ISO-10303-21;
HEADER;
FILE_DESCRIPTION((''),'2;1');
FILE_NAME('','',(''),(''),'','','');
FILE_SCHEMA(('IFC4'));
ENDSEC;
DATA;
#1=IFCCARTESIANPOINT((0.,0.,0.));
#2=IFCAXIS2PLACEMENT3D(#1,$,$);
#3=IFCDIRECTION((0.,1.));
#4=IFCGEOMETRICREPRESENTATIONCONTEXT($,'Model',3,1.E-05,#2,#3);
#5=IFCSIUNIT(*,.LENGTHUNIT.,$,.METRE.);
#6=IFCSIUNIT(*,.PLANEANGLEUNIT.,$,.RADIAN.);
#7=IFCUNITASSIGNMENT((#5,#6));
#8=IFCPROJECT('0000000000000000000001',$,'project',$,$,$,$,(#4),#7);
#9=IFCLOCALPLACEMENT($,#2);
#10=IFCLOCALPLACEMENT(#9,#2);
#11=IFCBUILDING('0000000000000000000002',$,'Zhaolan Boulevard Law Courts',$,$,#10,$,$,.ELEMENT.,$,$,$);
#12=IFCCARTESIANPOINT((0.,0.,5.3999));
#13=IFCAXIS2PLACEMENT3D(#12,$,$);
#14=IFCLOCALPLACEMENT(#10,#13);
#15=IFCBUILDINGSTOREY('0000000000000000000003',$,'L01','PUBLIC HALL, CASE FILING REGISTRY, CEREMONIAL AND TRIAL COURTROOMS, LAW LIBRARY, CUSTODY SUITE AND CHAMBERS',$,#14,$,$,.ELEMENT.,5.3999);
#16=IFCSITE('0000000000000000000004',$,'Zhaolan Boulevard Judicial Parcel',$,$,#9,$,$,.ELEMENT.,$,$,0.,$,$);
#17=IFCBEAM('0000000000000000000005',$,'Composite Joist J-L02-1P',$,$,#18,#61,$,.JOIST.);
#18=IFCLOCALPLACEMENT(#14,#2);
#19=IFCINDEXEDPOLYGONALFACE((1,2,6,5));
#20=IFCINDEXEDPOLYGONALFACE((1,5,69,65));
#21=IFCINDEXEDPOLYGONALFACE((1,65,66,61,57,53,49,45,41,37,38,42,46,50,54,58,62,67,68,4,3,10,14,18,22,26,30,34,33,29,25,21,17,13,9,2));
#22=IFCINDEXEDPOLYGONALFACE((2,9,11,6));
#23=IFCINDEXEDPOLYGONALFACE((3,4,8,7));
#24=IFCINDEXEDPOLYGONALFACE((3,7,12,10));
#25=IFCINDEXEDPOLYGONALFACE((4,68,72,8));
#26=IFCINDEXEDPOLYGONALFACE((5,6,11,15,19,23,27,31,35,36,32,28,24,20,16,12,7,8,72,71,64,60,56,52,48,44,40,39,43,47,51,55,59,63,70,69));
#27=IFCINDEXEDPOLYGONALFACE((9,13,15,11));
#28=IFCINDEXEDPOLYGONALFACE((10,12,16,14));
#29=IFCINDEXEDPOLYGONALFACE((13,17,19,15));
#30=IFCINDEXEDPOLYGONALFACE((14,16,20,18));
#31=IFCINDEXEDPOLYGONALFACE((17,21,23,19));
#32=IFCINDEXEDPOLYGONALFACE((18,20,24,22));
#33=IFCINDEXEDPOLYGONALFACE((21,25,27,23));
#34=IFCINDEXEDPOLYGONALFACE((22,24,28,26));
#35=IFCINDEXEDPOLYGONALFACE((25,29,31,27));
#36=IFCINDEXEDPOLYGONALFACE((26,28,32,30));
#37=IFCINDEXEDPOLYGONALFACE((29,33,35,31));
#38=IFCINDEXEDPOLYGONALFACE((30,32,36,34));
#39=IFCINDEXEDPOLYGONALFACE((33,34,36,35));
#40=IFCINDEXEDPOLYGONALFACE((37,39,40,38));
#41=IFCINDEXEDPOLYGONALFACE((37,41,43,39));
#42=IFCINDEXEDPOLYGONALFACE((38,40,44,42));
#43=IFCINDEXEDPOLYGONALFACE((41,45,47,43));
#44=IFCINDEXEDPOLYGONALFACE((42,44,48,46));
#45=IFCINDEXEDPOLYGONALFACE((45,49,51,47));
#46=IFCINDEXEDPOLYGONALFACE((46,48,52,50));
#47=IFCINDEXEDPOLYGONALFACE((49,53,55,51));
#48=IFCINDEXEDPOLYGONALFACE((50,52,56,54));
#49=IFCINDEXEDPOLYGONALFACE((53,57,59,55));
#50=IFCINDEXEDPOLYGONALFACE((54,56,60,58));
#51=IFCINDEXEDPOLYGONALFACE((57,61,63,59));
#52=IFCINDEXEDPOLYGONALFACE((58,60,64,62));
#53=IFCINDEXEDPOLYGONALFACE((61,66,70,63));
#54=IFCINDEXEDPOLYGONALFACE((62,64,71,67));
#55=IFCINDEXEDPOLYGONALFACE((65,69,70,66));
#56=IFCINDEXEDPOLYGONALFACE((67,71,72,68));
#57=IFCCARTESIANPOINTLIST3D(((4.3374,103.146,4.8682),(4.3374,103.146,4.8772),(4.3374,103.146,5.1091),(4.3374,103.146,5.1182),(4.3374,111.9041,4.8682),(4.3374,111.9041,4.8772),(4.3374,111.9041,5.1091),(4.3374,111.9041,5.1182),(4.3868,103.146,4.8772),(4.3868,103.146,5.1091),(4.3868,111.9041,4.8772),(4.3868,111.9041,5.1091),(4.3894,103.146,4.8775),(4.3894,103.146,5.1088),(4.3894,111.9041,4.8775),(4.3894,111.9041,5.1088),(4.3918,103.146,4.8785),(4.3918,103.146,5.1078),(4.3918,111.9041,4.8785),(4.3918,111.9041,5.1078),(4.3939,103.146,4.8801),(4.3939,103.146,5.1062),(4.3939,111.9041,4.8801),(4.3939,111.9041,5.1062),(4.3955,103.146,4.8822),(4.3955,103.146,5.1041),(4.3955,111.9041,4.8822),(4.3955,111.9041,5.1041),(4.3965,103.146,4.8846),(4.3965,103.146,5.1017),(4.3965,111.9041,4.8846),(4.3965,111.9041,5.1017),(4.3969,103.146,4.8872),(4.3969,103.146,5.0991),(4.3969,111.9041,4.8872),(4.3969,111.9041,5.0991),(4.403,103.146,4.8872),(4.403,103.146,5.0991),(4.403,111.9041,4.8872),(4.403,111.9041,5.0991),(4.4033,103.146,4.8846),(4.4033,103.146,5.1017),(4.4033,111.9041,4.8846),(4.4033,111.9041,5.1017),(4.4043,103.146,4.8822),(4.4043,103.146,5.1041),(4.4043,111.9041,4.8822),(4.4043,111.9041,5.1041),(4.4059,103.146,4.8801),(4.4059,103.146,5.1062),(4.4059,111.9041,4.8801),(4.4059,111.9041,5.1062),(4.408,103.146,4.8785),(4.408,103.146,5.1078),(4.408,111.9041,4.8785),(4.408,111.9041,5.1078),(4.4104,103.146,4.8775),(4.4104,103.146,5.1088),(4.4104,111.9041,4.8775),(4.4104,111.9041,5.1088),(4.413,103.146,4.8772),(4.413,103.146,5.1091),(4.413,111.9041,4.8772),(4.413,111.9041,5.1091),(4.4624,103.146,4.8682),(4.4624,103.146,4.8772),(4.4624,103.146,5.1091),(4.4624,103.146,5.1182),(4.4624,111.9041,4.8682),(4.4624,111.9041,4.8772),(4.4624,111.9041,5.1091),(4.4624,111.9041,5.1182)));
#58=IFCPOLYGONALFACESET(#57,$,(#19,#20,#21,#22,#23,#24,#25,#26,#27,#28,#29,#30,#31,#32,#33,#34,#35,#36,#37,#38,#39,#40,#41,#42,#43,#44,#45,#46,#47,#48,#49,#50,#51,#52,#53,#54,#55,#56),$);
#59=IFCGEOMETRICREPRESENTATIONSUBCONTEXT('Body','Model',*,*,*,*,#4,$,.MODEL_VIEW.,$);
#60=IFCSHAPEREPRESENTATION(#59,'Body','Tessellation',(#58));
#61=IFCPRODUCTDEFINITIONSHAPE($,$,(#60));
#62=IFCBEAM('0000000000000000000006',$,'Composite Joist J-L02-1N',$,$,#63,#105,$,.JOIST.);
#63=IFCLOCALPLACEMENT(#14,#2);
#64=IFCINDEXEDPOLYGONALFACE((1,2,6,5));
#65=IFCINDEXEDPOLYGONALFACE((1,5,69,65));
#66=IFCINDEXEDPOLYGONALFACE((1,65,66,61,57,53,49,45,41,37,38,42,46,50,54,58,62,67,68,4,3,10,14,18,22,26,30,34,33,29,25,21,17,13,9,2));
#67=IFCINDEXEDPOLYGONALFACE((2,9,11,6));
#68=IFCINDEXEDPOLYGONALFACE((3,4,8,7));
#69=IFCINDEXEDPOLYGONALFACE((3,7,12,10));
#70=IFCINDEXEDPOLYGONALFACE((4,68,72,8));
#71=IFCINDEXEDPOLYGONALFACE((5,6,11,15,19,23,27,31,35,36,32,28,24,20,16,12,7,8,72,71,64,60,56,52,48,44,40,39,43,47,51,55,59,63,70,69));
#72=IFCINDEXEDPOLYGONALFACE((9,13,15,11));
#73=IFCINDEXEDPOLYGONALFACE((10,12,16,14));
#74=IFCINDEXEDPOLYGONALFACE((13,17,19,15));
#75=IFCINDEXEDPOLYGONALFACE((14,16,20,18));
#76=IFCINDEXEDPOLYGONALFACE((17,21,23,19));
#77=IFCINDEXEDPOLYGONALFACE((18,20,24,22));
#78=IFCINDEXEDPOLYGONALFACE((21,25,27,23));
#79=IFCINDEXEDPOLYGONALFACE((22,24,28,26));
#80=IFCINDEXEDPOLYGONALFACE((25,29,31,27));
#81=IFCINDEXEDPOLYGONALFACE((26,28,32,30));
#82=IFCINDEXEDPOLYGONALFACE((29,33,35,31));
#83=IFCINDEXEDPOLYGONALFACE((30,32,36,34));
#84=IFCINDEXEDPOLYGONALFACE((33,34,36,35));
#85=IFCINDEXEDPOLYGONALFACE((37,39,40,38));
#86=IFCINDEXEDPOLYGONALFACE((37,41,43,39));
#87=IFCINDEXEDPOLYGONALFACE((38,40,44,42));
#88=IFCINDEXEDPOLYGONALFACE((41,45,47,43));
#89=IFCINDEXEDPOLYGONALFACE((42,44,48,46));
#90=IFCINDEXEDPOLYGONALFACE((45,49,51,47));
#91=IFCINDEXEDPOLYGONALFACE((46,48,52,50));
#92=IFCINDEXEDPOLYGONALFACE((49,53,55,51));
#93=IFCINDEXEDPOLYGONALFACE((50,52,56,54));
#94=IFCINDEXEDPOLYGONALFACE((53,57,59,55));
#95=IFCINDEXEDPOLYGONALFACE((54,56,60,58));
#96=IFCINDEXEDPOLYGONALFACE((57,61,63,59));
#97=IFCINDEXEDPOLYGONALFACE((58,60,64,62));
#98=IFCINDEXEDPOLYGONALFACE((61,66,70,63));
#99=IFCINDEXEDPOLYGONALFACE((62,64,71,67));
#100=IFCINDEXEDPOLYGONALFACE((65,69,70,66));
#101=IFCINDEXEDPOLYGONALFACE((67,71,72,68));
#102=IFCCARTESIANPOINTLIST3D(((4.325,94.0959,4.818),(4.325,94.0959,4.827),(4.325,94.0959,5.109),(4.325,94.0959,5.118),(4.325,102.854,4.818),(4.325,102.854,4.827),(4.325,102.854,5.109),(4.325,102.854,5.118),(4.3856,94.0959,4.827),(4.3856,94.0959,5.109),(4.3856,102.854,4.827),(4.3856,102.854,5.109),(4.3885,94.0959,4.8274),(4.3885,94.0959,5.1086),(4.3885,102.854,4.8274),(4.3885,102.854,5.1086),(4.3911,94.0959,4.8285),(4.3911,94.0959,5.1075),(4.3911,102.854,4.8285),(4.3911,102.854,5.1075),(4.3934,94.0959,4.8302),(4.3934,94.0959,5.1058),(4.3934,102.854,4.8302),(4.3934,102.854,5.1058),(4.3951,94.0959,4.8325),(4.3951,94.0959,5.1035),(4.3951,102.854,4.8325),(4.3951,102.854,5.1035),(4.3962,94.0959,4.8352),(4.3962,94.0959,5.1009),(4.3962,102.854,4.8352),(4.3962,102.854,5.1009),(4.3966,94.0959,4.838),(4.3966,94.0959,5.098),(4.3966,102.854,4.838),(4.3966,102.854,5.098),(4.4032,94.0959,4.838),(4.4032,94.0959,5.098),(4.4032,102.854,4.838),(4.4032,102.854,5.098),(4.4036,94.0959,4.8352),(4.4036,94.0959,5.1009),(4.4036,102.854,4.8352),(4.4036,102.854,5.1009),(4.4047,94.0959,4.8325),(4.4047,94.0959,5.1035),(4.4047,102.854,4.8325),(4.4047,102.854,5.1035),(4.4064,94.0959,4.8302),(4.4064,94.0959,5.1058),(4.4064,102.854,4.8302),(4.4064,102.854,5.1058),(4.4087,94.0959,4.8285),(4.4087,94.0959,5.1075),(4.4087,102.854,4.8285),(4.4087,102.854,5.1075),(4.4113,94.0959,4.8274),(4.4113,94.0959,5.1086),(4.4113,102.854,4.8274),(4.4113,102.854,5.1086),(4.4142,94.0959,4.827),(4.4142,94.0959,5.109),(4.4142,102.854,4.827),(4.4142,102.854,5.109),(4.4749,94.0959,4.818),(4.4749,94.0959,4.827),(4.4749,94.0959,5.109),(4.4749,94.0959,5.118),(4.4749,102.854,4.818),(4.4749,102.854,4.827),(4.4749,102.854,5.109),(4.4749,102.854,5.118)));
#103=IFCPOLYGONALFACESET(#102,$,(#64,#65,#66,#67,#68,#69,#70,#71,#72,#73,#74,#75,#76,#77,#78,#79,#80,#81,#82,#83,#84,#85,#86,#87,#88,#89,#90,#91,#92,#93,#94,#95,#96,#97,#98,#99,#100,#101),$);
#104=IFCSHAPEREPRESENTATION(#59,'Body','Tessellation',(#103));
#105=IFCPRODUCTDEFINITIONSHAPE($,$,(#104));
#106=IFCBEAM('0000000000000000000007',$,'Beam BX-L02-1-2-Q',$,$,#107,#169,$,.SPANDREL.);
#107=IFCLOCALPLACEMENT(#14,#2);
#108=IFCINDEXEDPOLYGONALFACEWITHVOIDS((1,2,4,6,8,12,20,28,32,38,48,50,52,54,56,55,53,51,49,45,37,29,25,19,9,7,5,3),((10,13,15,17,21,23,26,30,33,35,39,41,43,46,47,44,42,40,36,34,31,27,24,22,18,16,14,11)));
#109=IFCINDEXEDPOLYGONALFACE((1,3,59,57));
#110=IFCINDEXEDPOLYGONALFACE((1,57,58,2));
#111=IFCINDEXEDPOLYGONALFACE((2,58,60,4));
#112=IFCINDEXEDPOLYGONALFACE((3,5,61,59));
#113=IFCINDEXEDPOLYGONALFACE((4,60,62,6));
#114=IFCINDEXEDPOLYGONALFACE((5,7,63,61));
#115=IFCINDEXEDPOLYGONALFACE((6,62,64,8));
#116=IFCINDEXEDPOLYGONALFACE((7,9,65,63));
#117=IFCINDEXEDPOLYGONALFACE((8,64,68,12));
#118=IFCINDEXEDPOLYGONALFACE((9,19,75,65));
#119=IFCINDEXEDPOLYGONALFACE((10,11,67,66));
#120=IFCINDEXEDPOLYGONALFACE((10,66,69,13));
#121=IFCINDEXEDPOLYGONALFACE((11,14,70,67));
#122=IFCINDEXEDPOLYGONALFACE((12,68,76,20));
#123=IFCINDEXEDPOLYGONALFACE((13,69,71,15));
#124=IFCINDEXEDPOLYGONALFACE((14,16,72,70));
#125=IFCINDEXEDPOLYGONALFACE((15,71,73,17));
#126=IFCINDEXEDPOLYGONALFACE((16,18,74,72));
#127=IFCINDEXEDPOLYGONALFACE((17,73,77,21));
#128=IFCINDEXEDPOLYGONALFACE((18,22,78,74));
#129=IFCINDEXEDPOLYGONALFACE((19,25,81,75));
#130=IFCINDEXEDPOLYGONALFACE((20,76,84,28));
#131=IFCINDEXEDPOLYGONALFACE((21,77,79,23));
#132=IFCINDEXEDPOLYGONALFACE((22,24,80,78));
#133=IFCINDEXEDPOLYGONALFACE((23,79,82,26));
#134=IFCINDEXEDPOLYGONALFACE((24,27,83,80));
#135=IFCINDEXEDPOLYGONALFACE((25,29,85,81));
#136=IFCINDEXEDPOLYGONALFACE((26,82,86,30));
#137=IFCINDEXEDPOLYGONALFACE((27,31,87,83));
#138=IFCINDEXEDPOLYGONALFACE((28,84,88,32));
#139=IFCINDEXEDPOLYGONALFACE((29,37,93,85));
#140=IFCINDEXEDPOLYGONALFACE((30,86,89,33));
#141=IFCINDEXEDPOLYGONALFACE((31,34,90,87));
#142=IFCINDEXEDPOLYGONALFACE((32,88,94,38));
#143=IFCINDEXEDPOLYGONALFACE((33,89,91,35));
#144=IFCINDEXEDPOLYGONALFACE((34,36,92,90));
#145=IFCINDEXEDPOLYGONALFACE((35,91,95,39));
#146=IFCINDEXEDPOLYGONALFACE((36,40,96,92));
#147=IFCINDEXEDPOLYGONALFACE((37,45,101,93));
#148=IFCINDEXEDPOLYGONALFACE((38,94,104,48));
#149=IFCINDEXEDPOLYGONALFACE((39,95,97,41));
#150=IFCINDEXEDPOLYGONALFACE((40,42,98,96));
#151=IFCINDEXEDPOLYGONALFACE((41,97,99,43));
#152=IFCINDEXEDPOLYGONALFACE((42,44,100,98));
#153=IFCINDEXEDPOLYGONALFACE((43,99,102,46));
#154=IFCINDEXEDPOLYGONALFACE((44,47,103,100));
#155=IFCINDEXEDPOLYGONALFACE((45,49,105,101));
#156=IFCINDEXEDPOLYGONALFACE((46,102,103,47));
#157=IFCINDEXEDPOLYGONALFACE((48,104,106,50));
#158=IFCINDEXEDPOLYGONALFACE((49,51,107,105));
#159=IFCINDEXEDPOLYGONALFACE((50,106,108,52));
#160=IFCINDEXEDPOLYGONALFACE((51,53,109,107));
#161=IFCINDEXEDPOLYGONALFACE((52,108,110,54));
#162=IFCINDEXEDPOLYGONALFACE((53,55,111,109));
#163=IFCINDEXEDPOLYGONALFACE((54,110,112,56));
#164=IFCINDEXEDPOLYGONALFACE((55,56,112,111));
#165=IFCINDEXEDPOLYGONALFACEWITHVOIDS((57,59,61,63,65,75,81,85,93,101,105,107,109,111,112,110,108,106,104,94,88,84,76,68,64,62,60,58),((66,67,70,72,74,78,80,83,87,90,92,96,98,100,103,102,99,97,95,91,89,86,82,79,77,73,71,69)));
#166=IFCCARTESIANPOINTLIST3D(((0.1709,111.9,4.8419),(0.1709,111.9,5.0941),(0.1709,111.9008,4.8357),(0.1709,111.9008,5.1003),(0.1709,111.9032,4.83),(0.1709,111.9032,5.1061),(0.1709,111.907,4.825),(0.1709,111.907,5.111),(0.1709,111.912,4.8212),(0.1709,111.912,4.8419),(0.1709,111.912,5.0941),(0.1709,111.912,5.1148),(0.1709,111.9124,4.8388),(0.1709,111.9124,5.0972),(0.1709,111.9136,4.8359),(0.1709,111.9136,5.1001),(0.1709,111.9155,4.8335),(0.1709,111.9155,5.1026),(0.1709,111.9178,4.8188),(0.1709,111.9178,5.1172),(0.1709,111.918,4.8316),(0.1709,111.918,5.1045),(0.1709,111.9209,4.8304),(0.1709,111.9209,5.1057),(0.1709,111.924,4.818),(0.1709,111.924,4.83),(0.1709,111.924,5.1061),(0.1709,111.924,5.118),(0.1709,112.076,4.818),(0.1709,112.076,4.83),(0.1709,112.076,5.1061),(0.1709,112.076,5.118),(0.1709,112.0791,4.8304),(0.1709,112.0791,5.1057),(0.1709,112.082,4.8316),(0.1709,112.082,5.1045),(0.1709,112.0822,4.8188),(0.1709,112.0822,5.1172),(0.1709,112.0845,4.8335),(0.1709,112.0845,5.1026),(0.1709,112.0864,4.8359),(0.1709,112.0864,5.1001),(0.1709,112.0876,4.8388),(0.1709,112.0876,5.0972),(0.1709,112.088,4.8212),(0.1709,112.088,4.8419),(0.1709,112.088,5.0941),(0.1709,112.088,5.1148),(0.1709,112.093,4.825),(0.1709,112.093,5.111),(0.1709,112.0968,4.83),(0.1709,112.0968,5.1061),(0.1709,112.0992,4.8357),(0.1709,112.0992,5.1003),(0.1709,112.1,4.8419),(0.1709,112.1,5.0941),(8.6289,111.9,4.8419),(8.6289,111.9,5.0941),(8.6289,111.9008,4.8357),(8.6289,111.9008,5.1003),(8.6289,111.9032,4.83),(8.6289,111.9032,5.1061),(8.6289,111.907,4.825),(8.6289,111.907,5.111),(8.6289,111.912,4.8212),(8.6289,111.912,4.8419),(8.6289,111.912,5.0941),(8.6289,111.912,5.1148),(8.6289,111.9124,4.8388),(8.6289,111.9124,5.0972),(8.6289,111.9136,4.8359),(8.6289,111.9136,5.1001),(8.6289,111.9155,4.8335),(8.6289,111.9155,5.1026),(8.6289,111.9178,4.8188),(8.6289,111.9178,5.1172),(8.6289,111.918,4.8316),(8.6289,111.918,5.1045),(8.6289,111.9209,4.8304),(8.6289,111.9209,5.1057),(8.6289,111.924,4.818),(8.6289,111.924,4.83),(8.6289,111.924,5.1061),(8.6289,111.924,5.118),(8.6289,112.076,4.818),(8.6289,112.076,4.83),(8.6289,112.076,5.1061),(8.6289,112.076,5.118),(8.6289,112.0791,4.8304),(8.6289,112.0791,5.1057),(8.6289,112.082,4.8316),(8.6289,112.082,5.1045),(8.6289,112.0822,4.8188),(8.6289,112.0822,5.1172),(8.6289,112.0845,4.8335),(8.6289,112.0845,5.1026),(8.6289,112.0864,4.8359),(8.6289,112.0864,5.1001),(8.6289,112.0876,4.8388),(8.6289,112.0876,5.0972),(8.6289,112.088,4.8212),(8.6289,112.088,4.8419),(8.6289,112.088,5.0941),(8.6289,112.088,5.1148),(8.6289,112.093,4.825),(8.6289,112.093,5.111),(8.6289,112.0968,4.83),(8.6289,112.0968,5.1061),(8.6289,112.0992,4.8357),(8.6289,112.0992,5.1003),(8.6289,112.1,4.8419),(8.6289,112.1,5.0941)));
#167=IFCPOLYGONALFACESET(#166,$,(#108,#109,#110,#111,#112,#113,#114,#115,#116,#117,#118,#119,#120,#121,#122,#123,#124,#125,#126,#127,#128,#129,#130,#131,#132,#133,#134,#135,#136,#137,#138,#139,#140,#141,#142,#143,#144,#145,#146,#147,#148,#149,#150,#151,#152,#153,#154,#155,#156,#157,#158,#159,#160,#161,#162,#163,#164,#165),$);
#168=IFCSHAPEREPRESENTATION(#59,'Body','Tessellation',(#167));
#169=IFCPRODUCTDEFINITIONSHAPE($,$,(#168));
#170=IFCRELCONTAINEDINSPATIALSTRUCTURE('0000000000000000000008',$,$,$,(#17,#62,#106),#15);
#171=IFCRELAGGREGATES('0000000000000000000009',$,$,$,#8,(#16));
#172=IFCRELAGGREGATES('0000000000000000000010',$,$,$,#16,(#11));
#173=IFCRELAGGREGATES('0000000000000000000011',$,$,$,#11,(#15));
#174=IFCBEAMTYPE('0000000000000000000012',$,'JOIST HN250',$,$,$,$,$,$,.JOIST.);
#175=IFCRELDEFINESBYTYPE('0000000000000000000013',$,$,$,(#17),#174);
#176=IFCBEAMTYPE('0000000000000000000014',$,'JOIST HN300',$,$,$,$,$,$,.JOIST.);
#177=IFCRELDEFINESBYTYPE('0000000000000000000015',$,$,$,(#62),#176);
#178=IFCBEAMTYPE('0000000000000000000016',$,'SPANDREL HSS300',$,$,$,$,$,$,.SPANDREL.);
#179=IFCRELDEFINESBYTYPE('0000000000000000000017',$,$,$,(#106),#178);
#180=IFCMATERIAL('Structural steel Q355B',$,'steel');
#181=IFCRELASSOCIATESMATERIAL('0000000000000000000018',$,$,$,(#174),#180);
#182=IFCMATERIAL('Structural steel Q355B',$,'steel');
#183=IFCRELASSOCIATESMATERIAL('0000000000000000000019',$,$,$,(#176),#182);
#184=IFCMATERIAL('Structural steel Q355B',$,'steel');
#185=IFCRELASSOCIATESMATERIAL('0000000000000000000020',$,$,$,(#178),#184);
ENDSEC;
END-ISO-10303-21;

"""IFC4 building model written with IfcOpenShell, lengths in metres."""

from ifc_helpers import new_model, si_unit, direction, frame, origin, origin_2d, place, context, subcontext, project, spatial, hollow_rectangle, i_section, extrude, material, material_profile, profile_set, type_object, element, save


model = new_model("IFC4")

# Units and contexts
model_context = context("Model", 3, precision=1e-05, world=origin(), true_north=direction((0.0, 1.0)))
body_context = subcontext(model_context, "Body", "Model", "MODEL_VIEW")
ifc_project = project(units=[si_unit("LENGTHUNIT", "METRE"), si_unit("PLANEANGLEUNIT", "RADIAN")], contexts=[model_context])

# Site, building, storey
site_placement = place(None, origin())
site = spatial("IfcSite", under=ifc_project, at=site_placement, Name="Zhaolan Boulevard Judicial Parcel", CompositionType="ELEMENT", RefElevation=0.0)
building_placement = place(site_placement, origin())
building = spatial("IfcBuilding", under=site, at=building_placement, Name="Zhaolan Boulevard Law Courts", CompositionType="ELEMENT")
storey_placement = place(building_placement, frame((0.0, 0.0, 5.3999)))
storey = spatial("IfcBuildingStorey", under=building, at=storey_placement, Name="L01", Description="PUBLIC HALL, CASE FILING REGISTRY, CEREMONIAL AND TRIAL COURTROOMS, LAW LIBRARY, CUSTODY SUITE AND CHAMBERS", CompositionType="ELEMENT", Elevation=5.3999)

# Beams
ifc_material_1 = material(Name="Structural steel Q355B", Category="steel")
ifc_material_profile_1 = material_profile(ifc_material_1, i_section(OverallWidth=0.125, OverallDepth=0.25, WebThickness=0.0061, FlangeThickness=0.009, FilletRadius=0.01, at=origin_2d()), Name="HN250x125")
ifc_profile_set_1 = profile_set([ifc_material_profile_1], Name="Structural steel Q355B")
beam_type_1 = type_object("IfcBeamType", Name="JOIST HN250", PredefinedType="JOIST", material=ifc_profile_set_1)
beam_1_placement = place(storey_placement, frame((4.3999, 103.146, 4.9932), z_axis=(0.0, 1.0, 0.0), x_axis=(-1.0, 0.0, 0.0)))
element("IfcBeam", 1, at=beam_1_placement, inside=storey, type_object=beam_type_1, Name="Composite Joist J-L02-1P", PredefinedType="JOIST", context=body_context, shape_type="SweptSolid", body=[
    extrude(i_section(OverallWidth=0.125, OverallDepth=0.25, WebThickness=0.0061, FlangeThickness=0.009, FilletRadius=0.01, at=origin_2d()), origin(), (0.0, 0.0, 1.0), 8.7581),
])
ifc_material_2 = material(Name="Structural steel Q355B", Category="steel")
ifc_material_profile_2 = material_profile(ifc_material_2, i_section(OverallWidth=0.1499, OverallDepth=0.3, WebThickness=0.0066, FlangeThickness=0.009, FilletRadius=0.011, at=origin_2d()), Name="HN300x150")
ifc_profile_set_2 = profile_set([ifc_material_profile_2], Name="Structural steel Q355B")
beam_type_2 = type_object("IfcBeamType", Name="JOIST HN300", PredefinedType="JOIST", material=ifc_profile_set_2)
beam_2_placement = place(storey_placement, frame((4.3999, 94.0959, 4.968), z_axis=(0.0, 1.0, 0.0), x_axis=(-1.0, 0.0, 0.0)))
element("IfcBeam", 2, at=beam_2_placement, inside=storey, type_object=beam_type_2, Name="Composite Joist J-L02-1N", PredefinedType="JOIST", context=body_context, shape_type="SweptSolid", body=[
    extrude(i_section(OverallWidth=0.1499, OverallDepth=0.3, WebThickness=0.0066, FlangeThickness=0.009, FilletRadius=0.011, at=origin_2d()), origin(), (0.0, 0.0, 1.0), 8.7581),
])
ifc_material_3 = material(Name="Structural steel Q355B", Category="steel")
ifc_material_profile_3 = material_profile(ifc_material_3, hollow_rectangle(XDim=0.2, YDim=0.3, WallThickness=0.012, InnerFilletRadius=0.012, OuterFilletRadius=0.0239, at=origin_2d()), Name="HSS300x200x12")
ifc_profile_set_3 = profile_set([ifc_material_profile_3], Name="Structural steel Q355B")
beam_type_3 = type_object("IfcBeamType", Name="SPANDREL HSS300", PredefinedType="SPANDREL", material=ifc_profile_set_3)
for number, where, z_axis, x_axis, name in (
    (3, (0.1709, 112.0, 4.968), (1.0, 0.0, 0.0), (0.0, 1.0, 0.0), "Beam BX-L02-1-2-Q"),
):
    element("IfcBeam", number, at=place(storey_placement, frame(where, z_axis=z_axis, x_axis=x_axis)), inside=storey, type_object=beam_type_3, Name=name, PredefinedType="SPANDREL", context=body_context, shape_type="SweptSolid", body=[
        extrude(hollow_rectangle(XDim=0.2, YDim=0.3, WallThickness=0.012, InnerFilletRadius=0.012, OuterFilletRadius=0.0239, at=origin_2d()), origin(), (0.0, 0.0, 1.0), 8.458),
    ])

save(model, "model.ifc")
